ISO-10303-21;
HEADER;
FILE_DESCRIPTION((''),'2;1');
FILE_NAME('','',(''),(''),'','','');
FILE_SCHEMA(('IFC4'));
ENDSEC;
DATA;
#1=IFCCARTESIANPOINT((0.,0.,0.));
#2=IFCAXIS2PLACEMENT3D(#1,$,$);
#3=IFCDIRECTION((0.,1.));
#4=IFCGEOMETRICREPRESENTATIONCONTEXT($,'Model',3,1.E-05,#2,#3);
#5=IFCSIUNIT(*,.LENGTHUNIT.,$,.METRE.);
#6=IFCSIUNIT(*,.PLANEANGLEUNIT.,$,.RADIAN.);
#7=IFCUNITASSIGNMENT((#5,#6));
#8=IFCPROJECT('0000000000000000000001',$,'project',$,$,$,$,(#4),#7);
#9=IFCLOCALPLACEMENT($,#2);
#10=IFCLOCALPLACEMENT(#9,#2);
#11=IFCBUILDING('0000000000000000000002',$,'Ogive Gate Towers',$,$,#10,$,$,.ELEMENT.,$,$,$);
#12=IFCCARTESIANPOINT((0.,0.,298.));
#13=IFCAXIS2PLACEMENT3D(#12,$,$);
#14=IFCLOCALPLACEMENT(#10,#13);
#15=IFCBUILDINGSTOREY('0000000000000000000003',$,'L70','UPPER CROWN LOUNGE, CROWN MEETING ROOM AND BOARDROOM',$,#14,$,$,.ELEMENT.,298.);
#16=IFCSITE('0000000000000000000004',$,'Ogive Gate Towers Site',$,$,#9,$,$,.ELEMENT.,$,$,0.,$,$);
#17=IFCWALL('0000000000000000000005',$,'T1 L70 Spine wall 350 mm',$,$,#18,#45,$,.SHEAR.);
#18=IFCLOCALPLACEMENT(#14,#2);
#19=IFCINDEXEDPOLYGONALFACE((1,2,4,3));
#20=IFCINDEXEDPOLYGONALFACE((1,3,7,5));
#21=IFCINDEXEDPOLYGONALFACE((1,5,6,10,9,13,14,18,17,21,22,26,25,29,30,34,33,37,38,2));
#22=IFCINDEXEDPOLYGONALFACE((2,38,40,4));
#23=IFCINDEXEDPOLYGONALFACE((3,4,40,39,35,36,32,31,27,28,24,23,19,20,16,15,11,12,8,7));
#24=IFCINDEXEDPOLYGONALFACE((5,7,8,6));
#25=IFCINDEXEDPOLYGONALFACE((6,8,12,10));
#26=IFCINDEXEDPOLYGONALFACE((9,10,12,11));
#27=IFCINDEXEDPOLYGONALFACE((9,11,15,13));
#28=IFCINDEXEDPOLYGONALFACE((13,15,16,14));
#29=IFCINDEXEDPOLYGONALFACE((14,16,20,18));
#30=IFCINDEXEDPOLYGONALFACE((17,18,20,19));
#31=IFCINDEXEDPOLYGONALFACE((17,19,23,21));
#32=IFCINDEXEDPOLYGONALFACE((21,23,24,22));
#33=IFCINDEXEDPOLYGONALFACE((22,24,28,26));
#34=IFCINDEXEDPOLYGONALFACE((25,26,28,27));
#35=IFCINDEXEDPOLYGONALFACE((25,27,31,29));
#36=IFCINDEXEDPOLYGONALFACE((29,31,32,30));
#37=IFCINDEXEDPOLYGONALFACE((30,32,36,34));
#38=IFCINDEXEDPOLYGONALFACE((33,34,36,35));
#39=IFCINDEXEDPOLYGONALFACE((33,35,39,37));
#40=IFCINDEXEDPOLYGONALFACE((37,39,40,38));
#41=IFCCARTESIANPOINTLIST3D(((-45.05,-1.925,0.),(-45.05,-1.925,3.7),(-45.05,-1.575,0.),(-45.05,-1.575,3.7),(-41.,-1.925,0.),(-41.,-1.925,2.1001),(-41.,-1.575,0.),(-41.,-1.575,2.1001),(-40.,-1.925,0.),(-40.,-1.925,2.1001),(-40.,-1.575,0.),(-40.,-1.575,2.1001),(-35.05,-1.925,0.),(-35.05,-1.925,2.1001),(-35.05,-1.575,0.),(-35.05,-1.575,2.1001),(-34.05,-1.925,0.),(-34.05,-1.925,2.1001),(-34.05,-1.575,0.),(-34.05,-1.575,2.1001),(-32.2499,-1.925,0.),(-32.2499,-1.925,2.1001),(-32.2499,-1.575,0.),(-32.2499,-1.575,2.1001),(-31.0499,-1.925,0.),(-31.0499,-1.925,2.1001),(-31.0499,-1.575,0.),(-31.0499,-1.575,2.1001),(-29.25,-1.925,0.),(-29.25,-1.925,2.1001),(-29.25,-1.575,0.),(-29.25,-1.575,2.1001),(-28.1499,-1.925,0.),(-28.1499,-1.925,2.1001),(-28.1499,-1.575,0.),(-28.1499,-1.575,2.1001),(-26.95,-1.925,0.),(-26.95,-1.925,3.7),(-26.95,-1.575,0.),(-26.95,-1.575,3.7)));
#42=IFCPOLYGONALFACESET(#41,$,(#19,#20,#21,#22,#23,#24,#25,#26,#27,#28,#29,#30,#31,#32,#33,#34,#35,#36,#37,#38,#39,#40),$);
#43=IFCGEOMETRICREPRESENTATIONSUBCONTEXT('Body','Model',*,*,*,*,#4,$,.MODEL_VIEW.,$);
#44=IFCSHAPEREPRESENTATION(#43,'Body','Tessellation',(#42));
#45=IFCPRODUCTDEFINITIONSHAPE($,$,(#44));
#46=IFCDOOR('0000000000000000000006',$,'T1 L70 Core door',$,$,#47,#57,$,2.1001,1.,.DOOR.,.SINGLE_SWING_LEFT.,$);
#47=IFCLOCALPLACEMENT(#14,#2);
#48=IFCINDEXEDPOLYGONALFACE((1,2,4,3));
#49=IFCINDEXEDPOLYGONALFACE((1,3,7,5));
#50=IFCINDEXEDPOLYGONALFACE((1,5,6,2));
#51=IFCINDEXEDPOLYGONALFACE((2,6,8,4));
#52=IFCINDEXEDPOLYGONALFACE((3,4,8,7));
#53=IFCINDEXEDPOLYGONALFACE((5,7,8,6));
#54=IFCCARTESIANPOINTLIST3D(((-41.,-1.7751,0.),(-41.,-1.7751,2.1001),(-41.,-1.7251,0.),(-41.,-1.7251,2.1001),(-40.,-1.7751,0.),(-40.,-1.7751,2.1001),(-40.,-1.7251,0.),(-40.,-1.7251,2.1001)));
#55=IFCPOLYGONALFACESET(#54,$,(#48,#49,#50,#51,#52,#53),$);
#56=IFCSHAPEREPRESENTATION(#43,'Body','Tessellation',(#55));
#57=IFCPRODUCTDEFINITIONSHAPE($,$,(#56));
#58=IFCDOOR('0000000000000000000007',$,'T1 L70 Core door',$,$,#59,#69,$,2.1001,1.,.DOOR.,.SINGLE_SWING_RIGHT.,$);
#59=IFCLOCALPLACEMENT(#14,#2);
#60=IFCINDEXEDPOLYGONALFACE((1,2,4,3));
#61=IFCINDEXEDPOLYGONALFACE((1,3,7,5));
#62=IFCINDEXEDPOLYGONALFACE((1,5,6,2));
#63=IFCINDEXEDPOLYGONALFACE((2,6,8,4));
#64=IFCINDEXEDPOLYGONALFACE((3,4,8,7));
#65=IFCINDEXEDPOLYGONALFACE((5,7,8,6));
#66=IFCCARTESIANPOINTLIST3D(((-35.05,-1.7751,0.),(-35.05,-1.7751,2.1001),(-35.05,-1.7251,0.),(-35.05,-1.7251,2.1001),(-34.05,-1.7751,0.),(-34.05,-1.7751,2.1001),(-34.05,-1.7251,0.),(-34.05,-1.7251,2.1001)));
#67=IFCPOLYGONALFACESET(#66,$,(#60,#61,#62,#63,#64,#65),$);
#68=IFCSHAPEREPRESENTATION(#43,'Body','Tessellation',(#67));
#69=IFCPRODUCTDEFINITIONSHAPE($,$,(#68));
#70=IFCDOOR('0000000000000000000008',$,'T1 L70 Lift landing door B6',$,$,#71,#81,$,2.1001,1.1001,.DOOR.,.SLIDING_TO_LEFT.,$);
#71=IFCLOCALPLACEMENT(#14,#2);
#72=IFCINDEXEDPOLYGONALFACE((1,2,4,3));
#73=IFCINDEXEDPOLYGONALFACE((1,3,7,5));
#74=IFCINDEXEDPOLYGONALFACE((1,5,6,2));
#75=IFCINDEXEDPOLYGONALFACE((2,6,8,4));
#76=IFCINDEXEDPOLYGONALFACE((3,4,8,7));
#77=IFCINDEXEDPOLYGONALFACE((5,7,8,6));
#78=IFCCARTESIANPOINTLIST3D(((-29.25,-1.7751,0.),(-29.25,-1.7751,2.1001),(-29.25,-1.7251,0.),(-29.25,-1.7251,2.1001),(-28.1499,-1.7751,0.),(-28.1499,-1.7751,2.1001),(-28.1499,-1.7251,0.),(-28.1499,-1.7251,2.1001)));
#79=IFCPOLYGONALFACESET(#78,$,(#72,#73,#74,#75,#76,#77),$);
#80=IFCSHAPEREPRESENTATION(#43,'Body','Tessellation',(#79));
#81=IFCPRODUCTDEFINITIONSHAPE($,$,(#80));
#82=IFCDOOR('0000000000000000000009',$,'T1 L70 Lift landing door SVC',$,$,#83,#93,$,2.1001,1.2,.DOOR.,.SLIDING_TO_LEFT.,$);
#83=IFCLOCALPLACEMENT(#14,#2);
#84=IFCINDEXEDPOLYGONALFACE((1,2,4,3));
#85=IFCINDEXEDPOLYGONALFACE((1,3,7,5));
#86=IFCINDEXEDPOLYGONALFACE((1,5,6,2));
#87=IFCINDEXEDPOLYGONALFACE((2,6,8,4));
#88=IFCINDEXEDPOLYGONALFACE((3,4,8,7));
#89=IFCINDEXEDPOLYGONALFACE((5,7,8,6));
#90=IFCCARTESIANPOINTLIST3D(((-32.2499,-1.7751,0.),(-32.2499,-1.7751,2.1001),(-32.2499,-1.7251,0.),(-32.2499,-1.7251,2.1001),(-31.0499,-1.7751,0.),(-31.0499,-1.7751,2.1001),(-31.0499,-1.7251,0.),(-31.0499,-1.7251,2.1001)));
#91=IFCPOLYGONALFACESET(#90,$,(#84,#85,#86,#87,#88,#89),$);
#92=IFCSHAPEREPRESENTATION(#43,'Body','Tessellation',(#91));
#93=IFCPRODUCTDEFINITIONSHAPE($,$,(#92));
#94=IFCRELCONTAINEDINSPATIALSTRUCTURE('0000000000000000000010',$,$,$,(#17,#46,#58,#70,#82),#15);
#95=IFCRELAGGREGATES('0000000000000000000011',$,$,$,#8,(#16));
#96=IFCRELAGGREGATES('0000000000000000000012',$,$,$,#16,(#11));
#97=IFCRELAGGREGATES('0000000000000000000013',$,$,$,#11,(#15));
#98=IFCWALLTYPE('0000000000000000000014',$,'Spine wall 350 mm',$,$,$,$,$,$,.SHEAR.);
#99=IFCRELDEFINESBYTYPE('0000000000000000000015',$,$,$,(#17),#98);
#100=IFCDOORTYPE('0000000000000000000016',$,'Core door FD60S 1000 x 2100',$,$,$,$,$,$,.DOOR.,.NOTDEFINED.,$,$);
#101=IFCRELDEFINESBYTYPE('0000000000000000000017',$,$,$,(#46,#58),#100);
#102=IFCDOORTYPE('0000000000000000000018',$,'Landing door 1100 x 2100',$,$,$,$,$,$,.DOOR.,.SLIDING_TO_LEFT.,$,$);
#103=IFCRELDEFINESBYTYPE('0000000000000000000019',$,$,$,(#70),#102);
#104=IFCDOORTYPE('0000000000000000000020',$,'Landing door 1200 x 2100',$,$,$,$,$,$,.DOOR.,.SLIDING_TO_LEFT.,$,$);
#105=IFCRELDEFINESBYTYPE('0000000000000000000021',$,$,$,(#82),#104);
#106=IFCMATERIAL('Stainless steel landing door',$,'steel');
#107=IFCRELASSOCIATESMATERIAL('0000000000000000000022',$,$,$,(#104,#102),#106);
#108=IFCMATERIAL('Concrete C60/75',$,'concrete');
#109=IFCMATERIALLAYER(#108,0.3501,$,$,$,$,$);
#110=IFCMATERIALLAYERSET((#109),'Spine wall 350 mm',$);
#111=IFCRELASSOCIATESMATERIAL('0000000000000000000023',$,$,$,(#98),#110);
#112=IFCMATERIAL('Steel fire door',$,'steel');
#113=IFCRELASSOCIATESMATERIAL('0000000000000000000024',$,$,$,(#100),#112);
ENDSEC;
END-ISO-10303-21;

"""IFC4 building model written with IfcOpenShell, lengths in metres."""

from ifc_helpers import new_model, si_unit, direction, frame, frame_2d, origin, place, context, subcontext, project, spatial, rectangle, extrude, material, layer, layer_set, type_object, element, fill, save


model = new_model("IFC4")

# Units and contexts
model_context = context("Model", 3, precision=1e-05, world=origin(), true_north=direction((0.0, 1.0)))
body_context = subcontext(model_context, "Body", "Model", "MODEL_VIEW")
ifc_project = project(units=[si_unit("LENGTHUNIT", "METRE"), si_unit("PLANEANGLEUNIT", "RADIAN")], contexts=[model_context])

# Site, building, storey
site_placement = place(None, origin())
site = spatial("IfcSite", under=ifc_project, at=site_placement, Name="Ogive Gate Towers Site", CompositionType="ELEMENT", RefElevation=0.0)
building_placement = place(site_placement, origin())
building = spatial("IfcBuilding", under=site, at=building_placement, Name="Ogive Gate Towers", CompositionType="ELEMENT")
storey_placement = place(building_placement, frame((0.0, 0.0, 298.0)))
storey = spatial("IfcBuildingStorey", under=building, at=storey_placement, Name="L70", Description="UPPER CROWN LOUNGE, CROWN MEETING ROOM AND BOARDROOM", CompositionType="ELEMENT", Elevation=298.0)

# Shared definitions
ifc_material_1 = material(Name="Concrete C60/75", Category="concrete")
ifc_material_2 = material(Name="Steel fire door", Category="steel")

# Shared definitions
ifc_material_3 = material(Name="Stainless steel landing door", Category="steel")
door_type_1 = type_object("IfcDoorType", Name="Landing door 1200 x 2100", OperationType="SLIDING_TO_LEFT", PredefinedType="DOOR", material=ifc_material_3)

# Wall, openings, doors
ifc_layer_1 = layer(ifc_material_1, 0.3501)
ifc_layer_set_1 = layer_set([ifc_layer_1], Name="Spine wall 350 mm")
wall_type_1 = type_object("IfcWallType", Name="Spine wall 350 mm", PredefinedType="SHEAR", material=ifc_layer_set_1)
wall_1_placement = place(storey_placement, frame((-45.05, -1.75, 0.0), z_axis=(0.0, 0.0, 1.0), x_axis=(1.0, 0.0, 0.0)))
wall_1 = element("IfcWall", 1, at=wall_1_placement, inside=storey, type_object=wall_type_1, Name="T1 L70 Spine wall 350 mm", PredefinedType="SHEAR", context=body_context, shape_type="SweptSolid", body=[
    extrude(rectangle(XDim=18.1001, YDim=0.3501, at=frame_2d((9.05, 0.0))), origin(), (0.0, 0.0, 1.0), 3.7),
])
opening_1_placement = place(wall_1_placement, frame((12.8, 0.0, 0.0)))
opening_1 = element("IfcOpeningElement", 2, at=opening_1_placement, cuts=wall_1, PredefinedType="OPENING", context=body_context, shape_type="SweptSolid", body=[
    extrude(rectangle(XDim=1.2, YDim=2.1001, at=frame_2d((0.6001, 1.05))), frame((0.0, 0.1851, 0.0), z_axis=(0.0, -1.0, 0.0), x_axis=(1.0, 0.0, 0.0)), (0.0, 0.0, 1.0), 0.3701),
])
opening_2_placement = place(wall_1_placement, frame((15.8, 0.0, 0.0)))
opening_2 = element("IfcOpeningElement", 3, at=opening_2_placement, cuts=wall_1, PredefinedType="OPENING", context=body_context, shape_type="SweptSolid", body=[
    extrude(rectangle(XDim=1.1001, YDim=2.1001, at=frame_2d((0.55, 1.05))), frame((0.0, 0.1851, 0.0), z_axis=(0.0, -1.0, 0.0), x_axis=(1.0, 0.0, 0.0)), (0.0, 0.0, 1.0), 0.3701),
])
opening_3_placement = place(wall_1_placement, frame((4.05, 0.0, 0.0)))
opening_3 = element("IfcOpeningElement", 4, at=opening_3_placement, cuts=wall_1, PredefinedType="OPENING", context=body_context, shape_type="SweptSolid", body=[
    extrude(rectangle(XDim=1.0, YDim=2.1001, at=frame_2d((0.5, 1.05))), frame((0.0, 0.1851, 0.0), z_axis=(0.0, -1.0, 0.0), x_axis=(1.0, 0.0, 0.0)), (0.0, 0.0, 1.0), 0.3701),
])
opening_4_placement = place(wall_1_placement, frame((10.0, 0.0, 0.0)))
opening_4 = element("IfcOpeningElement", 5, at=opening_4_placement, cuts=wall_1, PredefinedType="OPENING", context=body_context, shape_type="SweptSolid", body=[
    extrude(rectangle(XDim=1.0, YDim=2.1001, at=frame_2d((0.5, 1.05))), frame((0.0, 0.1851, 0.0), z_axis=(0.0, -1.0, 0.0), x_axis=(1.0, 0.0, 0.0)), (0.0, 0.0, 1.0), 0.3701),
])
door_type_2 = type_object("IfcDoorType", Name="Core door FD60S 1000 x 2100", OperationType="NOTDEFINED", PredefinedType="DOOR", material=ifc_material_2)
door_1_placement = place(opening_3_placement, origin())
door_1 = element("IfcDoor", 6, at=door_1_placement, inside=storey, type_object=door_type_2, Name="T1 L70 Core door", OperationType="SINGLE_SWING_LEFT", OverallHeight=2.1001, OverallWidth=1.0, PredefinedType="DOOR", context=body_context, shape_type="SweptSolid", body=[
    extrude(rectangle(XDim=1.0, YDim=2.1001, at=frame_2d((0.5, 1.05))), frame((0.0, 0.0249, 0.0), z_axis=(0.0, -1.0, 0.0), x_axis=(1.0, 0.0, 0.0)), (0.0, 0.0, 1.0), 0.05),
])
fill(opening_3, door_1)
door_2_placement = place(opening_4_placement, origin())
door_2 = element("IfcDoor", 7, at=door_2_placement, inside=storey, type_object=door_type_2, Name="T1 L70 Core door", OperationType="SINGLE_SWING_RIGHT", OverallHeight=2.1001, OverallWidth=1.0, PredefinedType="DOOR", context=body_context, shape_type="SweptSolid", body=[
    extrude(rectangle(XDim=1.0, YDim=2.1001, at=frame_2d((0.5, 1.05))), frame((0.0, 0.0249, 0.0), z_axis=(0.0, -1.0, 0.0), x_axis=(1.0, 0.0, 0.0)), (0.0, 0.0, 1.0), 0.05),
])
fill(opening_4, door_2)
door_type_3 = type_object("IfcDoorType", Name="Landing door 1100 x 2100", OperationType="SLIDING_TO_LEFT", PredefinedType="DOOR", material=ifc_material_3)
door_3_placement = place(opening_2_placement, origin())
door_3 = element("IfcDoor", 8, at=door_3_placement, inside=storey, type_object=door_type_3, Name="T1 L70 Lift landing door B6", OperationType="SLIDING_TO_LEFT", OverallHeight=2.1001, OverallWidth=1.1001, PredefinedType="DOOR", context=body_context, shape_type="SweptSolid", body=[
    extrude(rectangle(XDim=1.1001, YDim=2.1001, at=frame_2d((0.55, 1.05))), frame((0.0, 0.0249, 0.0), z_axis=(0.0, -1.0, 0.0), x_axis=(1.0, 0.0, 0.0)), (0.0, 0.0, 1.0), 0.05),
])
fill(opening_2, door_3)
door_4_placement = place(opening_1_placement, origin())
door_4 = element("IfcDoor", 9, at=door_4_placement, inside=storey, type_object=door_type_1, Name="T1 L70 Lift landing door SVC", OperationType="SLIDING_TO_LEFT", OverallHeight=2.1001, OverallWidth=1.2, PredefinedType="DOOR", context=body_context, shape_type="SweptSolid", body=[
    extrude(rectangle(XDim=1.2, YDim=2.1001, at=frame_2d((0.6001, 1.05))), frame((0.0, 0.0249, 0.0), z_axis=(0.0, -1.0, 0.0), x_axis=(1.0, 0.0, 0.0)), (0.0, 0.0, 1.0), 0.05),
])
fill(opening_1, door_4)

save(model, "model.ifc")
